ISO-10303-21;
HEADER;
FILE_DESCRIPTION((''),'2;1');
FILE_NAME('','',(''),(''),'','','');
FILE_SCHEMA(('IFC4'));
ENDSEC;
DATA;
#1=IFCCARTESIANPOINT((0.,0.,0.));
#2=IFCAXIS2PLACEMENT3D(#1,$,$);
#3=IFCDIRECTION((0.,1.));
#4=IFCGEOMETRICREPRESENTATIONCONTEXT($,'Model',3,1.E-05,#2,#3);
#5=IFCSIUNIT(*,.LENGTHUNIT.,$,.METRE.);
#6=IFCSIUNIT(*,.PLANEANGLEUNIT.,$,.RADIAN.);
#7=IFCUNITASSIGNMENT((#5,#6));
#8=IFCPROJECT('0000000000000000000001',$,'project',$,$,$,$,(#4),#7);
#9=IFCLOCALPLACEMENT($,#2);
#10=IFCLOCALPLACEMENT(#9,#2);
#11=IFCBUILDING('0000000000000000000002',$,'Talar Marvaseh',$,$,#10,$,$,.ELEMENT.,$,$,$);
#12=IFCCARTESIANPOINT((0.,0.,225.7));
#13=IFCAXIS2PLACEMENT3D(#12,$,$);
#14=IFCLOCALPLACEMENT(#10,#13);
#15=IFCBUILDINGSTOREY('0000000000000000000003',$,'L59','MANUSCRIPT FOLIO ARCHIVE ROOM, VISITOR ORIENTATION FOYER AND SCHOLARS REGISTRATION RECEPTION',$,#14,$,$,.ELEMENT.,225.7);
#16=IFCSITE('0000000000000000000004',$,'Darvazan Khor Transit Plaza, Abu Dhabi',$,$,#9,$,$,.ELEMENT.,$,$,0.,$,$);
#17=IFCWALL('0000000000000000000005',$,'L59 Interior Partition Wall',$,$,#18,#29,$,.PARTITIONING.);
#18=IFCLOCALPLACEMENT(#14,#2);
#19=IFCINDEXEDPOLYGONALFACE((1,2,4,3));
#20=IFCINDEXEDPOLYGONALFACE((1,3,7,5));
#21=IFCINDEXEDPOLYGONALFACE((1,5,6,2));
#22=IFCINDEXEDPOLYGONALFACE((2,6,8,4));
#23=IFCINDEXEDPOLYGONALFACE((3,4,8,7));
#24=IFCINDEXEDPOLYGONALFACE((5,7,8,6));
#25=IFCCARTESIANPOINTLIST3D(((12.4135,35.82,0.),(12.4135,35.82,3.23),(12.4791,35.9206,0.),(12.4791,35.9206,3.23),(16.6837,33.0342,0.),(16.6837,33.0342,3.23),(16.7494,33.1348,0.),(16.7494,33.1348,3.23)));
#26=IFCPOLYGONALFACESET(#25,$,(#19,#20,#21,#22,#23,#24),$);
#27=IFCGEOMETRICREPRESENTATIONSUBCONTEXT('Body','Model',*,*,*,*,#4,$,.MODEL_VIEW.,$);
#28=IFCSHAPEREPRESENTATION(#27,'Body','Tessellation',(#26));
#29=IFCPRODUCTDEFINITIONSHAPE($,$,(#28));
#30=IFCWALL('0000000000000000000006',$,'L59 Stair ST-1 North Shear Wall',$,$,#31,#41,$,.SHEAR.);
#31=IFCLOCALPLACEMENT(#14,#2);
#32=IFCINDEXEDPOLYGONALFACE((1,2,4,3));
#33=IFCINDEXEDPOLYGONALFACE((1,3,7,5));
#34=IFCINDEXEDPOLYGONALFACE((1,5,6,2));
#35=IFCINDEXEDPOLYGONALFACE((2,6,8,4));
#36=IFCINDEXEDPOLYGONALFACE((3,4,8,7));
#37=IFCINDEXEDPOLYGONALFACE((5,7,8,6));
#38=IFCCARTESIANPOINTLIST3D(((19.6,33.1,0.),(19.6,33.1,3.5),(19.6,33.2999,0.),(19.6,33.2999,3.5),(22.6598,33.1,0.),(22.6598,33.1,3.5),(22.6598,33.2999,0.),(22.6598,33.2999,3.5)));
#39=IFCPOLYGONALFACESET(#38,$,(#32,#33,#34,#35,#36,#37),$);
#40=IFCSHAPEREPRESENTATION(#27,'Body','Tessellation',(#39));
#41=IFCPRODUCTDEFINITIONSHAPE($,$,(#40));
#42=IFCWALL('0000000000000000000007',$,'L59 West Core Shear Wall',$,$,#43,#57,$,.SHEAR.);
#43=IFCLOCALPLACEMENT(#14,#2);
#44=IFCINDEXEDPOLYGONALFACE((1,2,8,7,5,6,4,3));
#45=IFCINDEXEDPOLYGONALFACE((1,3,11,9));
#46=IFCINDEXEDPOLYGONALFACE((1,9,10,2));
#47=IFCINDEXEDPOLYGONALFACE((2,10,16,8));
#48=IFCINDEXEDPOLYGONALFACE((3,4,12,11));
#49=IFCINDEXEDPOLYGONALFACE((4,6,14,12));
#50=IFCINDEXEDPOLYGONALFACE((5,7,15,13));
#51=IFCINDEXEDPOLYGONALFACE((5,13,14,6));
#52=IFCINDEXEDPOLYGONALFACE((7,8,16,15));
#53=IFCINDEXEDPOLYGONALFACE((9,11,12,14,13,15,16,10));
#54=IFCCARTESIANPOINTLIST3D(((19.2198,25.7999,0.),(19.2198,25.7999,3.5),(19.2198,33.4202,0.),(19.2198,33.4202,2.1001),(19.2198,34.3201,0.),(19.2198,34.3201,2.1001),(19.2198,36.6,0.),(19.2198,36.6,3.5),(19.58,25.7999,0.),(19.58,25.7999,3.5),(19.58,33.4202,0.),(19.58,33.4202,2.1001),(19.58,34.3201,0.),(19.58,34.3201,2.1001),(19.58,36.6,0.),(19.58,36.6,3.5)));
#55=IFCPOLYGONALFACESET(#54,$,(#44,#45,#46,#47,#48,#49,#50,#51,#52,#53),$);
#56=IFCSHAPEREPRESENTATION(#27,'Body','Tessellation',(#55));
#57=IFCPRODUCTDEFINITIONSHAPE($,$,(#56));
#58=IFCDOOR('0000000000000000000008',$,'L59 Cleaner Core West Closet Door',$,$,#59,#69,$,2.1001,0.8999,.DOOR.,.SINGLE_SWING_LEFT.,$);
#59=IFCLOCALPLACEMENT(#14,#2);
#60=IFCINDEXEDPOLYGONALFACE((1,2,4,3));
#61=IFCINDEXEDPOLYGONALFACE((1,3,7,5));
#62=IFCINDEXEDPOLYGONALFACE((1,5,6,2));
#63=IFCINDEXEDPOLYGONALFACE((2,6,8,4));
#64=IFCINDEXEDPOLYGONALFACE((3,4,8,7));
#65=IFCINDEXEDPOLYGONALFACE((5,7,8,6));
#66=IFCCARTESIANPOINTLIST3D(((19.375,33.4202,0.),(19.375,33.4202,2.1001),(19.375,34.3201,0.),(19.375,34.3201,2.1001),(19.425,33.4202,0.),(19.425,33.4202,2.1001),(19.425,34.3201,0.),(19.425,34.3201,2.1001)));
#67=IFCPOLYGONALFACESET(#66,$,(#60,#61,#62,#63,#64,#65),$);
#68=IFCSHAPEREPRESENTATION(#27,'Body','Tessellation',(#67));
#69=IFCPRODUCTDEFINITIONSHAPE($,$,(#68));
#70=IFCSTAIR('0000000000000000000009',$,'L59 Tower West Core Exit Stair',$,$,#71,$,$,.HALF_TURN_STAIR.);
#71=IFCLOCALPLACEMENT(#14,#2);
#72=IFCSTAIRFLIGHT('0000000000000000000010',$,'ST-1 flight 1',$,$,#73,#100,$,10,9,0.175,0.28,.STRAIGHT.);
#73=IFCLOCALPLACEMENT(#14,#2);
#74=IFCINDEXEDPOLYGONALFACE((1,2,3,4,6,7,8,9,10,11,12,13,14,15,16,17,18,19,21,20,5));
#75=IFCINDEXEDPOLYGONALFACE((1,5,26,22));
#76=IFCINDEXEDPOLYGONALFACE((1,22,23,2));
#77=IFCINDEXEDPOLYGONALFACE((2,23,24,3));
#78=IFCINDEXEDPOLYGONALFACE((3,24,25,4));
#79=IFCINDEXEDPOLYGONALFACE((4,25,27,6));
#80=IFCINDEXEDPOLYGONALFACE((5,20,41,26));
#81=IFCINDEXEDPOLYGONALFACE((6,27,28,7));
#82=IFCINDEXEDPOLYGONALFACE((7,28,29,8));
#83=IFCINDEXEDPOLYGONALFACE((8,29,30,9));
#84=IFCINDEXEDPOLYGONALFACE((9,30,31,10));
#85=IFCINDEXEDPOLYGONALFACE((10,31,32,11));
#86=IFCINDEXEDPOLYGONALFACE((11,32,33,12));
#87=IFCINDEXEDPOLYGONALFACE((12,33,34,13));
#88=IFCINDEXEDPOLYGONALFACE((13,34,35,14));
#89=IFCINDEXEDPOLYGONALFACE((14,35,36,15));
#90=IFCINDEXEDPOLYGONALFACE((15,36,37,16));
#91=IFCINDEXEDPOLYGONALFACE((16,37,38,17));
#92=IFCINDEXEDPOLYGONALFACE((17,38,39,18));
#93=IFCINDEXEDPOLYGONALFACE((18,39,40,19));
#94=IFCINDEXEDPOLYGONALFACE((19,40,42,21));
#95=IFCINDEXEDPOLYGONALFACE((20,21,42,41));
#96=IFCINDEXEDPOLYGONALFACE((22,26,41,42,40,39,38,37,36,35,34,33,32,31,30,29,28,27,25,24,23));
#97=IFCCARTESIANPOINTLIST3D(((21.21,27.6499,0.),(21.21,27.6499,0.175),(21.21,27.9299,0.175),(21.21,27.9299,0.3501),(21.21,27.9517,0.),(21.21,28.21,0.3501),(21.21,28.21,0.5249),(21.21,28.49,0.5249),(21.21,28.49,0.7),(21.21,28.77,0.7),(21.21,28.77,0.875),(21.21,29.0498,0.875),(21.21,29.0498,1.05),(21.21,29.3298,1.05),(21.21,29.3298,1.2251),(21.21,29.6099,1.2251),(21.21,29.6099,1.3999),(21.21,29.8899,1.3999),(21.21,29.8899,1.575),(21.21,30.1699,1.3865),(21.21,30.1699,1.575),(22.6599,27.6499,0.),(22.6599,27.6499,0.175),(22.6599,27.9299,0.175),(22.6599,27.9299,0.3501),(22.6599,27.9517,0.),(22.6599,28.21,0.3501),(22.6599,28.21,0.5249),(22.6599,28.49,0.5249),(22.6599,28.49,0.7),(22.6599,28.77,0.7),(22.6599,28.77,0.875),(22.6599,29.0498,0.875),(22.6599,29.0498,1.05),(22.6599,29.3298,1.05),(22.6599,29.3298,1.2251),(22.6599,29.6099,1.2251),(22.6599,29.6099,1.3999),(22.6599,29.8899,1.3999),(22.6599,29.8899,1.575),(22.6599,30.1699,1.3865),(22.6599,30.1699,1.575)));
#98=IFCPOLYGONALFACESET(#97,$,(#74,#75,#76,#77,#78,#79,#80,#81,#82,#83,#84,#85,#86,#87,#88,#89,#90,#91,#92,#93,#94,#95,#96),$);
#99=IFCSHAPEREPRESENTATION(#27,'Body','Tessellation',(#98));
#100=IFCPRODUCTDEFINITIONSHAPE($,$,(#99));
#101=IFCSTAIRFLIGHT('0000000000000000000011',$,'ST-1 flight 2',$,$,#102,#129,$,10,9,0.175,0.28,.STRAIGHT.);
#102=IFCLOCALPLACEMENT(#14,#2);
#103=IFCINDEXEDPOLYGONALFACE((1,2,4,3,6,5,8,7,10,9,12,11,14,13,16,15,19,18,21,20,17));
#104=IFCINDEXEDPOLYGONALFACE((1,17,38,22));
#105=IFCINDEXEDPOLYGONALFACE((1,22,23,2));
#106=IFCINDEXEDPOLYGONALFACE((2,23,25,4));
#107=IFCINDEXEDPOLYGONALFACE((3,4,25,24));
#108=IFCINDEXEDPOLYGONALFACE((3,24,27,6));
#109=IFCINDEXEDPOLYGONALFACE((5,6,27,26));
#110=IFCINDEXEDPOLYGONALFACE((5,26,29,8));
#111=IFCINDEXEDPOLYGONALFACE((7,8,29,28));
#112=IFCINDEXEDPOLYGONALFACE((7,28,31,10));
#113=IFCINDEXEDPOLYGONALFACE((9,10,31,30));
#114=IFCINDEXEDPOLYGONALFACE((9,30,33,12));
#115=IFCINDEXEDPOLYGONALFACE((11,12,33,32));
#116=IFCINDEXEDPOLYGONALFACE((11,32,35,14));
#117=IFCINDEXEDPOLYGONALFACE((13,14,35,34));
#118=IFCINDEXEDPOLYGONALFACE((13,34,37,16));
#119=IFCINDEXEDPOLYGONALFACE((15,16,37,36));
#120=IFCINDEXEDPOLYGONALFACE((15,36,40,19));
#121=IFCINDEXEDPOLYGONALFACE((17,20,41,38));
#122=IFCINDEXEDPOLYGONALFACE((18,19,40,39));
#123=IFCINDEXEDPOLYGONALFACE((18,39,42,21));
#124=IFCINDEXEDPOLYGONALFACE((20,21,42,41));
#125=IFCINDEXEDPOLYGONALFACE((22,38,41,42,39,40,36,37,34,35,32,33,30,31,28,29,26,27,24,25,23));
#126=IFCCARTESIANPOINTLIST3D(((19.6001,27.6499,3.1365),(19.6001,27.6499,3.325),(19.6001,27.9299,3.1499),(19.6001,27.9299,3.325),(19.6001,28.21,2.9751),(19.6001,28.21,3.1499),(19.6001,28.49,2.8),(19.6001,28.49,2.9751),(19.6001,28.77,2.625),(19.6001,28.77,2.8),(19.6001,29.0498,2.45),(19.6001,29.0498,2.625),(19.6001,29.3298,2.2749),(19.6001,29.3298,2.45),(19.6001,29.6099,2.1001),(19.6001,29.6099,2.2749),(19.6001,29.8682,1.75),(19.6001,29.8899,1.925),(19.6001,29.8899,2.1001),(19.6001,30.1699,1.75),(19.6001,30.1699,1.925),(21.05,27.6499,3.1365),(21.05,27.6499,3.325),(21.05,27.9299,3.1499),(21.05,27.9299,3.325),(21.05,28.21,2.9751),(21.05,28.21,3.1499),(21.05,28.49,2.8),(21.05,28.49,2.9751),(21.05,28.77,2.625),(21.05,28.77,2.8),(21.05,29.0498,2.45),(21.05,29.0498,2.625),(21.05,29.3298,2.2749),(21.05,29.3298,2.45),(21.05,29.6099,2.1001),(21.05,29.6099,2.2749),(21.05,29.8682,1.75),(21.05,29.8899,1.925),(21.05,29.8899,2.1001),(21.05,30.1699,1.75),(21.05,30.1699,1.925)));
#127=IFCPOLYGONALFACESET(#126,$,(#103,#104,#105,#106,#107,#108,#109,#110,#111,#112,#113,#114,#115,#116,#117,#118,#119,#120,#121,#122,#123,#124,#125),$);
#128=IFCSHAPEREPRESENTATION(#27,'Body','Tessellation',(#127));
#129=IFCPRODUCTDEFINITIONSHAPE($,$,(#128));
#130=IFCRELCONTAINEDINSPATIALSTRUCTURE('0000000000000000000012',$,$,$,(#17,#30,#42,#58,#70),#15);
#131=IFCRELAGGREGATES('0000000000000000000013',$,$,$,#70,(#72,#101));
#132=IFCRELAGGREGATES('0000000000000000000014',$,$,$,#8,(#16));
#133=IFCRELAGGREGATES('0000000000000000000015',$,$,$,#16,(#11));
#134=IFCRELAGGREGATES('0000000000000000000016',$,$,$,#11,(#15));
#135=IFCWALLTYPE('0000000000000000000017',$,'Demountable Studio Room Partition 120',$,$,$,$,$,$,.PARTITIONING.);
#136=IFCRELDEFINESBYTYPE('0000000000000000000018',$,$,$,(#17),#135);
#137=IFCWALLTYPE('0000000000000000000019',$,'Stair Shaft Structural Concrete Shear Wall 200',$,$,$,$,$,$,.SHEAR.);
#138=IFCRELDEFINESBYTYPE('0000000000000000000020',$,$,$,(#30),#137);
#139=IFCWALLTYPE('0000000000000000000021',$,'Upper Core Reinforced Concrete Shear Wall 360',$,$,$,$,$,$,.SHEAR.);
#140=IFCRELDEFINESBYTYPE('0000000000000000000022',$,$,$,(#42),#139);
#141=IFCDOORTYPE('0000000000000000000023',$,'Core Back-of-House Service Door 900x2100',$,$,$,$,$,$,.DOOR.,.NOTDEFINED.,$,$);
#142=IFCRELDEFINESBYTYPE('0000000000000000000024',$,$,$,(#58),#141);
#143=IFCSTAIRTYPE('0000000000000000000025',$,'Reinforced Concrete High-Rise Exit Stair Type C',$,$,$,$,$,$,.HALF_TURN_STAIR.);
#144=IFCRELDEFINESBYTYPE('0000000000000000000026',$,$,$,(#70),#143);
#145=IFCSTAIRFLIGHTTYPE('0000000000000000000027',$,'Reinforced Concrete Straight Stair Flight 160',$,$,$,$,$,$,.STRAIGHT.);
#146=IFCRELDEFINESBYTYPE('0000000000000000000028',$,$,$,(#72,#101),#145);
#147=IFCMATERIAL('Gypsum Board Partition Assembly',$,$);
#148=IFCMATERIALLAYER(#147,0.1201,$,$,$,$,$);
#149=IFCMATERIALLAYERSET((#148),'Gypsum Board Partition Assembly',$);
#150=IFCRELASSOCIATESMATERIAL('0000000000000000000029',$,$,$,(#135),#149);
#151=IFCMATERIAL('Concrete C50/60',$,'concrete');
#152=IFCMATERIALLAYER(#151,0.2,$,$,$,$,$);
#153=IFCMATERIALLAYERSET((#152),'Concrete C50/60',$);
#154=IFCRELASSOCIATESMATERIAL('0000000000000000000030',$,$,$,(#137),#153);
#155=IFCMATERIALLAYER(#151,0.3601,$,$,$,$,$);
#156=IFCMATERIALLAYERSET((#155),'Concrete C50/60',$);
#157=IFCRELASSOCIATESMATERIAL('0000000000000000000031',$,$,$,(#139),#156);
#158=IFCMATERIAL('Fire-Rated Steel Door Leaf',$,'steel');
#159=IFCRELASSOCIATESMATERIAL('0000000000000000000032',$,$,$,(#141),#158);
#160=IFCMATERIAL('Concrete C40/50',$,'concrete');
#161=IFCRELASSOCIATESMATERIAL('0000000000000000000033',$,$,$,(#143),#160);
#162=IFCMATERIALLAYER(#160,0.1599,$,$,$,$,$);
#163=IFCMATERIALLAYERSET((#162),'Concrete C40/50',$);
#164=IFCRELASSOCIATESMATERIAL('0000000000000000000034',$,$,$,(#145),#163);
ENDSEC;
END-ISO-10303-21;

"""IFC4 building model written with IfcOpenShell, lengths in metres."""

from ifc_helpers import new_model, si_unit, direction, frame, frame_2d, origin, place, context, subcontext, project, spatial, polyline, rectangle, outline, extrude, source, transform, mapped, material, layer, layer_set, type_object, type_shapes, element, fill, aggregate, save


model = new_model("IFC4")

# Units and contexts
model_context = context("Model", 3, precision=1e-05, world=origin(), true_north=direction((0.0, 1.0)))
body_context = subcontext(model_context, "Body", "Model", "MODEL_VIEW")
ifc_project = project(units=[si_unit("LENGTHUNIT", "METRE"), si_unit("PLANEANGLEUNIT", "RADIAN")], contexts=[model_context])

# Site, building, storey
site_placement = place(None, origin())
site = spatial("IfcSite", under=ifc_project, at=site_placement, Name="Darvazan Khor Transit Plaza, Abu Dhabi", CompositionType="ELEMENT", RefElevation=0.0)
building_placement = place(site_placement, origin())
building = spatial("IfcBuilding", under=site, at=building_placement, Name="Talar Marvaseh", CompositionType="ELEMENT")
storey_placement = place(building_placement, frame((0.0, 0.0, 225.7)))
storey = spatial("IfcBuildingStorey", under=building, at=storey_placement, Name="L59", Description="MANUSCRIPT FOLIO ARCHIVE ROOM, VISITOR ORIENTATION FOYER AND SCHOLARS REGISTRATION RECEPTION", CompositionType="ELEMENT", Elevation=225.7)

# Walls
ifc_material_1 = material(Name="Gypsum Board Partition Assembly")
ifc_layer_1 = layer(ifc_material_1, 0.1201)
ifc_layer_set_1 = layer_set([ifc_layer_1], Name="Gypsum Board Partition Assembly")
wall_type_1 = type_object("IfcWallType", Name="Demountable Studio Room Partition 120", PredefinedType="PARTITIONING", material=ifc_layer_set_1)
wall_1_placement = place(storey_placement, frame((16.7166, 33.0845, 0.0), z_axis=(0.0, 0.0, 1.0), x_axis=(-0.837527, 0.546396, 0.0)))
element("IfcWall", 1, at=wall_1_placement, inside=storey, type_object=wall_type_1, Name="L59 Interior Partition Wall", PredefinedType="PARTITIONING", context=body_context, shape_type="SweptSolid", body=[
    extrude(rectangle(XDim=5.0986, YDim=0.1201, at=frame_2d((2.5493, 0.0))), origin(), (0.0, 0.0, 1.0), 3.23),
])
ifc_material_2 = material(Name="Concrete C50/60", Category="concrete")
ifc_layer_2 = layer(ifc_material_2, 0.2)
ifc_layer_set_2 = layer_set([ifc_layer_2], Name="Concrete C50/60")
wall_type_2 = type_object("IfcWallType", Name="Stair Shaft Structural Concrete Shear Wall 200", PredefinedType="SHEAR", material=ifc_layer_set_2)
wall_2_placement = place(storey_placement, frame((19.6001, 33.2, 0.0), z_axis=(0.0, 0.0, 1.0), x_axis=(1.0, 0.0, 0.0)))
element("IfcWall", 2, at=wall_2_placement, inside=storey, type_object=wall_type_2, Name="L59 Stair ST-1 North Shear Wall", PredefinedType="SHEAR", context=body_context, shape_type="SweptSolid", body=[
    extrude(rectangle(XDim=3.0598, YDim=0.2, at=frame_2d((1.5298, 0.0))), origin(), (0.0, 0.0, 1.0), 3.5),
])

# Wall, opening, door
ifc_layer_3 = layer(ifc_material_2, 0.3601)
ifc_layer_set_3 = layer_set([ifc_layer_3], Name="Concrete C50/60")
wall_type_3 = type_object("IfcWallType", Name="Upper Core Reinforced Concrete Shear Wall 360", PredefinedType="SHEAR", material=ifc_layer_set_3)
wall_3_placement = place(storey_placement, frame((19.3999, 25.8, 0.0), z_axis=(0.0, 0.0, 1.0), x_axis=(0.0, 1.0, 0.0)))
wall_3 = element("IfcWall", 3, at=wall_3_placement, inside=storey, type_object=wall_type_3, Name="L59 West Core Shear Wall", PredefinedType="SHEAR", context=body_context, shape_type="SweptSolid", body=[
    extrude(rectangle(XDim=10.8, YDim=0.3601, at=frame_2d((5.3999, 0.0))), origin(), (0.0, 0.0, 1.0), 3.5),
])
opening_placement = place(wall_3_placement, frame((7.6201, 0.0, 0.0)))
opening = element("IfcOpeningElement", 4, at=opening_placement, cuts=wall_3, PredefinedType="OPENING", context=body_context, shape_type="SweptSolid", body=[
    extrude(rectangle(XDim=0.8999, YDim=2.1001, at=frame_2d((0.45, 1.05))), frame((0.0, 0.1899, 0.0), z_axis=(0.0, -1.0, 0.0), x_axis=(1.0, 0.0, 0.0)), (0.0, 0.0, 1.0), 0.3801),
])
ifc_material_3 = material(Name="Fire-Rated Steel Door Leaf", Category="steel")
door_type = type_object("IfcDoorType", Name="Core Back-of-House Service Door 900x2100", OperationType="NOTDEFINED", PredefinedType="DOOR", material=ifc_material_3)
shared_shape_1 = source(origin(), body_context, "Body", "SweptSolid", [
    extrude(rectangle(XDim=0.8999, YDim=2.1001, at=frame_2d((0.45, 1.05))), frame((0.0, 0.0249, 0.0), z_axis=(0.0, -1.0, 0.0), x_axis=(1.0, 0.0, 0.0)), (0.0, 0.0, 1.0), 0.05),
])
type_shapes(door_type, [shared_shape_1])
door_placement = place(opening_placement, origin())
door = element("IfcDoor", 5, at=door_placement, inside=storey, type_object=door_type, Name="L59 Cleaner Core West Closet Door", OperationType="SINGLE_SWING_LEFT", OverallHeight=2.1001, OverallWidth=0.8999, PredefinedType="DOOR", context=body_context, shape_type="MappedRepresentation", body=[
    mapped(shared_shape_1, transform((0.0, 0.0, 0.0), x_axis=(1.0, 0.0, 0.0), y_axis=(0.0, 1.0, 0.0), z_axis=(0.0, 0.0, 1.0), scale=1.0)),
])
fill(opening, door)

# Stair, stair flights
ifc_material_4 = material(Name="Concrete C40/50", Category="concrete")
stair_type = type_object("IfcStairType", Name="Reinforced Concrete High-Rise Exit Stair Type C", PredefinedType="HALF_TURN_STAIR", material=ifc_material_4)
stair_placement = place(storey_placement, origin())
stair = element("IfcStair", 6, at=stair_placement, inside=storey, type_object=stair_type, Name="L59 Tower West Core Exit Stair", PredefinedType="HALF_TURN_STAIR")
ifc_layer_4 = layer(ifc_material_4, 0.1599)
ifc_layer_set_4 = layer_set([ifc_layer_4], Name="Concrete C40/50")
stair_flight_type = type_object("IfcStairFlightType", Name="Reinforced Concrete Straight Stair Flight 160", PredefinedType="STRAIGHT", material=ifc_layer_set_4)
stair_flight_1_placement = place(storey_placement, frame((21.9351, 27.6499, 0.0), z_axis=(0.0, 0.0, 1.0), x_axis=(0.0, 1.0, 0.0)))
stair_flight_1 = element("IfcStairFlight", 7, at=stair_flight_1_placement, type_object=stair_flight_type, Name="ST-1 flight 1", NumberOfRisers=10, NumberOfTreads=9, PredefinedType="STRAIGHT", RiserHeight=0.175, TreadLength=0.28, context=body_context, shape_type="SweptSolid", body=[
    extrude(outline(polyline([(0.0, 0.0), (0.0, 0.175), (0.28, 0.175), (0.28, 0.3501), (0.5601, 0.3501), (0.5601, 0.5249), (0.8401, 0.5249), (0.8401, 0.7), (1.1201, 0.7), (1.1201, 0.875), (1.3999, 0.875), (1.3999, 1.05), (1.6799, 1.05), (1.6799, 1.2251), (1.96, 1.2251), (1.96, 1.3999), (2.24, 1.3999), (2.24, 1.575), (2.52, 1.575), (2.52, 1.75), (2.52, 1.3865), (0.3018, 0.0), (0.0, 0.0)])), frame((0.0, 0.7251, 0.0), z_axis=(0.0, -1.0, 0.0), x_axis=(1.0, 0.0, 0.0)), (0.0, 0.0, 1.0), 1.45),
])
stair_flight_2_placement = place(storey_placement, frame((20.325, 30.1699, 1.75), z_axis=(0.0, 0.0, 1.0), x_axis=(0.0, -1.0, 0.0)))
stair_flight_2 = element("IfcStairFlight", 8, at=stair_flight_2_placement, type_object=stair_flight_type, Name="ST-1 flight 2", NumberOfRisers=10, NumberOfTreads=9, PredefinedType="STRAIGHT", RiserHeight=0.175, TreadLength=0.28, context=body_context, shape_type="SweptSolid", body=[
    extrude(outline(polyline([(0.0, 0.0), (0.0, 0.175), (0.28, 0.175), (0.28, 0.3501), (0.5601, 0.3501), (0.5601, 0.5249), (0.8401, 0.5249), (0.8401, 0.7), (1.1201, 0.7), (1.1201, 0.875), (1.3999, 0.875), (1.3999, 1.05), (1.6799, 1.05), (1.6799, 1.2251), (1.96, 1.2251), (1.96, 1.3999), (2.24, 1.3999), (2.24, 1.575), (2.52, 1.575), (2.52, 1.75), (2.52, 1.3865), (0.3018, 0.0), (0.0, 0.0)])), frame((0.0, 0.7251, 0.0), z_axis=(0.0, -1.0, 0.0), x_axis=(1.0, 0.0, 0.0)), (0.0, 0.0, 1.0), 1.45),
])
aggregate(stair, [stair_flight_1, stair_flight_2])

save(model, "model.ifc")
